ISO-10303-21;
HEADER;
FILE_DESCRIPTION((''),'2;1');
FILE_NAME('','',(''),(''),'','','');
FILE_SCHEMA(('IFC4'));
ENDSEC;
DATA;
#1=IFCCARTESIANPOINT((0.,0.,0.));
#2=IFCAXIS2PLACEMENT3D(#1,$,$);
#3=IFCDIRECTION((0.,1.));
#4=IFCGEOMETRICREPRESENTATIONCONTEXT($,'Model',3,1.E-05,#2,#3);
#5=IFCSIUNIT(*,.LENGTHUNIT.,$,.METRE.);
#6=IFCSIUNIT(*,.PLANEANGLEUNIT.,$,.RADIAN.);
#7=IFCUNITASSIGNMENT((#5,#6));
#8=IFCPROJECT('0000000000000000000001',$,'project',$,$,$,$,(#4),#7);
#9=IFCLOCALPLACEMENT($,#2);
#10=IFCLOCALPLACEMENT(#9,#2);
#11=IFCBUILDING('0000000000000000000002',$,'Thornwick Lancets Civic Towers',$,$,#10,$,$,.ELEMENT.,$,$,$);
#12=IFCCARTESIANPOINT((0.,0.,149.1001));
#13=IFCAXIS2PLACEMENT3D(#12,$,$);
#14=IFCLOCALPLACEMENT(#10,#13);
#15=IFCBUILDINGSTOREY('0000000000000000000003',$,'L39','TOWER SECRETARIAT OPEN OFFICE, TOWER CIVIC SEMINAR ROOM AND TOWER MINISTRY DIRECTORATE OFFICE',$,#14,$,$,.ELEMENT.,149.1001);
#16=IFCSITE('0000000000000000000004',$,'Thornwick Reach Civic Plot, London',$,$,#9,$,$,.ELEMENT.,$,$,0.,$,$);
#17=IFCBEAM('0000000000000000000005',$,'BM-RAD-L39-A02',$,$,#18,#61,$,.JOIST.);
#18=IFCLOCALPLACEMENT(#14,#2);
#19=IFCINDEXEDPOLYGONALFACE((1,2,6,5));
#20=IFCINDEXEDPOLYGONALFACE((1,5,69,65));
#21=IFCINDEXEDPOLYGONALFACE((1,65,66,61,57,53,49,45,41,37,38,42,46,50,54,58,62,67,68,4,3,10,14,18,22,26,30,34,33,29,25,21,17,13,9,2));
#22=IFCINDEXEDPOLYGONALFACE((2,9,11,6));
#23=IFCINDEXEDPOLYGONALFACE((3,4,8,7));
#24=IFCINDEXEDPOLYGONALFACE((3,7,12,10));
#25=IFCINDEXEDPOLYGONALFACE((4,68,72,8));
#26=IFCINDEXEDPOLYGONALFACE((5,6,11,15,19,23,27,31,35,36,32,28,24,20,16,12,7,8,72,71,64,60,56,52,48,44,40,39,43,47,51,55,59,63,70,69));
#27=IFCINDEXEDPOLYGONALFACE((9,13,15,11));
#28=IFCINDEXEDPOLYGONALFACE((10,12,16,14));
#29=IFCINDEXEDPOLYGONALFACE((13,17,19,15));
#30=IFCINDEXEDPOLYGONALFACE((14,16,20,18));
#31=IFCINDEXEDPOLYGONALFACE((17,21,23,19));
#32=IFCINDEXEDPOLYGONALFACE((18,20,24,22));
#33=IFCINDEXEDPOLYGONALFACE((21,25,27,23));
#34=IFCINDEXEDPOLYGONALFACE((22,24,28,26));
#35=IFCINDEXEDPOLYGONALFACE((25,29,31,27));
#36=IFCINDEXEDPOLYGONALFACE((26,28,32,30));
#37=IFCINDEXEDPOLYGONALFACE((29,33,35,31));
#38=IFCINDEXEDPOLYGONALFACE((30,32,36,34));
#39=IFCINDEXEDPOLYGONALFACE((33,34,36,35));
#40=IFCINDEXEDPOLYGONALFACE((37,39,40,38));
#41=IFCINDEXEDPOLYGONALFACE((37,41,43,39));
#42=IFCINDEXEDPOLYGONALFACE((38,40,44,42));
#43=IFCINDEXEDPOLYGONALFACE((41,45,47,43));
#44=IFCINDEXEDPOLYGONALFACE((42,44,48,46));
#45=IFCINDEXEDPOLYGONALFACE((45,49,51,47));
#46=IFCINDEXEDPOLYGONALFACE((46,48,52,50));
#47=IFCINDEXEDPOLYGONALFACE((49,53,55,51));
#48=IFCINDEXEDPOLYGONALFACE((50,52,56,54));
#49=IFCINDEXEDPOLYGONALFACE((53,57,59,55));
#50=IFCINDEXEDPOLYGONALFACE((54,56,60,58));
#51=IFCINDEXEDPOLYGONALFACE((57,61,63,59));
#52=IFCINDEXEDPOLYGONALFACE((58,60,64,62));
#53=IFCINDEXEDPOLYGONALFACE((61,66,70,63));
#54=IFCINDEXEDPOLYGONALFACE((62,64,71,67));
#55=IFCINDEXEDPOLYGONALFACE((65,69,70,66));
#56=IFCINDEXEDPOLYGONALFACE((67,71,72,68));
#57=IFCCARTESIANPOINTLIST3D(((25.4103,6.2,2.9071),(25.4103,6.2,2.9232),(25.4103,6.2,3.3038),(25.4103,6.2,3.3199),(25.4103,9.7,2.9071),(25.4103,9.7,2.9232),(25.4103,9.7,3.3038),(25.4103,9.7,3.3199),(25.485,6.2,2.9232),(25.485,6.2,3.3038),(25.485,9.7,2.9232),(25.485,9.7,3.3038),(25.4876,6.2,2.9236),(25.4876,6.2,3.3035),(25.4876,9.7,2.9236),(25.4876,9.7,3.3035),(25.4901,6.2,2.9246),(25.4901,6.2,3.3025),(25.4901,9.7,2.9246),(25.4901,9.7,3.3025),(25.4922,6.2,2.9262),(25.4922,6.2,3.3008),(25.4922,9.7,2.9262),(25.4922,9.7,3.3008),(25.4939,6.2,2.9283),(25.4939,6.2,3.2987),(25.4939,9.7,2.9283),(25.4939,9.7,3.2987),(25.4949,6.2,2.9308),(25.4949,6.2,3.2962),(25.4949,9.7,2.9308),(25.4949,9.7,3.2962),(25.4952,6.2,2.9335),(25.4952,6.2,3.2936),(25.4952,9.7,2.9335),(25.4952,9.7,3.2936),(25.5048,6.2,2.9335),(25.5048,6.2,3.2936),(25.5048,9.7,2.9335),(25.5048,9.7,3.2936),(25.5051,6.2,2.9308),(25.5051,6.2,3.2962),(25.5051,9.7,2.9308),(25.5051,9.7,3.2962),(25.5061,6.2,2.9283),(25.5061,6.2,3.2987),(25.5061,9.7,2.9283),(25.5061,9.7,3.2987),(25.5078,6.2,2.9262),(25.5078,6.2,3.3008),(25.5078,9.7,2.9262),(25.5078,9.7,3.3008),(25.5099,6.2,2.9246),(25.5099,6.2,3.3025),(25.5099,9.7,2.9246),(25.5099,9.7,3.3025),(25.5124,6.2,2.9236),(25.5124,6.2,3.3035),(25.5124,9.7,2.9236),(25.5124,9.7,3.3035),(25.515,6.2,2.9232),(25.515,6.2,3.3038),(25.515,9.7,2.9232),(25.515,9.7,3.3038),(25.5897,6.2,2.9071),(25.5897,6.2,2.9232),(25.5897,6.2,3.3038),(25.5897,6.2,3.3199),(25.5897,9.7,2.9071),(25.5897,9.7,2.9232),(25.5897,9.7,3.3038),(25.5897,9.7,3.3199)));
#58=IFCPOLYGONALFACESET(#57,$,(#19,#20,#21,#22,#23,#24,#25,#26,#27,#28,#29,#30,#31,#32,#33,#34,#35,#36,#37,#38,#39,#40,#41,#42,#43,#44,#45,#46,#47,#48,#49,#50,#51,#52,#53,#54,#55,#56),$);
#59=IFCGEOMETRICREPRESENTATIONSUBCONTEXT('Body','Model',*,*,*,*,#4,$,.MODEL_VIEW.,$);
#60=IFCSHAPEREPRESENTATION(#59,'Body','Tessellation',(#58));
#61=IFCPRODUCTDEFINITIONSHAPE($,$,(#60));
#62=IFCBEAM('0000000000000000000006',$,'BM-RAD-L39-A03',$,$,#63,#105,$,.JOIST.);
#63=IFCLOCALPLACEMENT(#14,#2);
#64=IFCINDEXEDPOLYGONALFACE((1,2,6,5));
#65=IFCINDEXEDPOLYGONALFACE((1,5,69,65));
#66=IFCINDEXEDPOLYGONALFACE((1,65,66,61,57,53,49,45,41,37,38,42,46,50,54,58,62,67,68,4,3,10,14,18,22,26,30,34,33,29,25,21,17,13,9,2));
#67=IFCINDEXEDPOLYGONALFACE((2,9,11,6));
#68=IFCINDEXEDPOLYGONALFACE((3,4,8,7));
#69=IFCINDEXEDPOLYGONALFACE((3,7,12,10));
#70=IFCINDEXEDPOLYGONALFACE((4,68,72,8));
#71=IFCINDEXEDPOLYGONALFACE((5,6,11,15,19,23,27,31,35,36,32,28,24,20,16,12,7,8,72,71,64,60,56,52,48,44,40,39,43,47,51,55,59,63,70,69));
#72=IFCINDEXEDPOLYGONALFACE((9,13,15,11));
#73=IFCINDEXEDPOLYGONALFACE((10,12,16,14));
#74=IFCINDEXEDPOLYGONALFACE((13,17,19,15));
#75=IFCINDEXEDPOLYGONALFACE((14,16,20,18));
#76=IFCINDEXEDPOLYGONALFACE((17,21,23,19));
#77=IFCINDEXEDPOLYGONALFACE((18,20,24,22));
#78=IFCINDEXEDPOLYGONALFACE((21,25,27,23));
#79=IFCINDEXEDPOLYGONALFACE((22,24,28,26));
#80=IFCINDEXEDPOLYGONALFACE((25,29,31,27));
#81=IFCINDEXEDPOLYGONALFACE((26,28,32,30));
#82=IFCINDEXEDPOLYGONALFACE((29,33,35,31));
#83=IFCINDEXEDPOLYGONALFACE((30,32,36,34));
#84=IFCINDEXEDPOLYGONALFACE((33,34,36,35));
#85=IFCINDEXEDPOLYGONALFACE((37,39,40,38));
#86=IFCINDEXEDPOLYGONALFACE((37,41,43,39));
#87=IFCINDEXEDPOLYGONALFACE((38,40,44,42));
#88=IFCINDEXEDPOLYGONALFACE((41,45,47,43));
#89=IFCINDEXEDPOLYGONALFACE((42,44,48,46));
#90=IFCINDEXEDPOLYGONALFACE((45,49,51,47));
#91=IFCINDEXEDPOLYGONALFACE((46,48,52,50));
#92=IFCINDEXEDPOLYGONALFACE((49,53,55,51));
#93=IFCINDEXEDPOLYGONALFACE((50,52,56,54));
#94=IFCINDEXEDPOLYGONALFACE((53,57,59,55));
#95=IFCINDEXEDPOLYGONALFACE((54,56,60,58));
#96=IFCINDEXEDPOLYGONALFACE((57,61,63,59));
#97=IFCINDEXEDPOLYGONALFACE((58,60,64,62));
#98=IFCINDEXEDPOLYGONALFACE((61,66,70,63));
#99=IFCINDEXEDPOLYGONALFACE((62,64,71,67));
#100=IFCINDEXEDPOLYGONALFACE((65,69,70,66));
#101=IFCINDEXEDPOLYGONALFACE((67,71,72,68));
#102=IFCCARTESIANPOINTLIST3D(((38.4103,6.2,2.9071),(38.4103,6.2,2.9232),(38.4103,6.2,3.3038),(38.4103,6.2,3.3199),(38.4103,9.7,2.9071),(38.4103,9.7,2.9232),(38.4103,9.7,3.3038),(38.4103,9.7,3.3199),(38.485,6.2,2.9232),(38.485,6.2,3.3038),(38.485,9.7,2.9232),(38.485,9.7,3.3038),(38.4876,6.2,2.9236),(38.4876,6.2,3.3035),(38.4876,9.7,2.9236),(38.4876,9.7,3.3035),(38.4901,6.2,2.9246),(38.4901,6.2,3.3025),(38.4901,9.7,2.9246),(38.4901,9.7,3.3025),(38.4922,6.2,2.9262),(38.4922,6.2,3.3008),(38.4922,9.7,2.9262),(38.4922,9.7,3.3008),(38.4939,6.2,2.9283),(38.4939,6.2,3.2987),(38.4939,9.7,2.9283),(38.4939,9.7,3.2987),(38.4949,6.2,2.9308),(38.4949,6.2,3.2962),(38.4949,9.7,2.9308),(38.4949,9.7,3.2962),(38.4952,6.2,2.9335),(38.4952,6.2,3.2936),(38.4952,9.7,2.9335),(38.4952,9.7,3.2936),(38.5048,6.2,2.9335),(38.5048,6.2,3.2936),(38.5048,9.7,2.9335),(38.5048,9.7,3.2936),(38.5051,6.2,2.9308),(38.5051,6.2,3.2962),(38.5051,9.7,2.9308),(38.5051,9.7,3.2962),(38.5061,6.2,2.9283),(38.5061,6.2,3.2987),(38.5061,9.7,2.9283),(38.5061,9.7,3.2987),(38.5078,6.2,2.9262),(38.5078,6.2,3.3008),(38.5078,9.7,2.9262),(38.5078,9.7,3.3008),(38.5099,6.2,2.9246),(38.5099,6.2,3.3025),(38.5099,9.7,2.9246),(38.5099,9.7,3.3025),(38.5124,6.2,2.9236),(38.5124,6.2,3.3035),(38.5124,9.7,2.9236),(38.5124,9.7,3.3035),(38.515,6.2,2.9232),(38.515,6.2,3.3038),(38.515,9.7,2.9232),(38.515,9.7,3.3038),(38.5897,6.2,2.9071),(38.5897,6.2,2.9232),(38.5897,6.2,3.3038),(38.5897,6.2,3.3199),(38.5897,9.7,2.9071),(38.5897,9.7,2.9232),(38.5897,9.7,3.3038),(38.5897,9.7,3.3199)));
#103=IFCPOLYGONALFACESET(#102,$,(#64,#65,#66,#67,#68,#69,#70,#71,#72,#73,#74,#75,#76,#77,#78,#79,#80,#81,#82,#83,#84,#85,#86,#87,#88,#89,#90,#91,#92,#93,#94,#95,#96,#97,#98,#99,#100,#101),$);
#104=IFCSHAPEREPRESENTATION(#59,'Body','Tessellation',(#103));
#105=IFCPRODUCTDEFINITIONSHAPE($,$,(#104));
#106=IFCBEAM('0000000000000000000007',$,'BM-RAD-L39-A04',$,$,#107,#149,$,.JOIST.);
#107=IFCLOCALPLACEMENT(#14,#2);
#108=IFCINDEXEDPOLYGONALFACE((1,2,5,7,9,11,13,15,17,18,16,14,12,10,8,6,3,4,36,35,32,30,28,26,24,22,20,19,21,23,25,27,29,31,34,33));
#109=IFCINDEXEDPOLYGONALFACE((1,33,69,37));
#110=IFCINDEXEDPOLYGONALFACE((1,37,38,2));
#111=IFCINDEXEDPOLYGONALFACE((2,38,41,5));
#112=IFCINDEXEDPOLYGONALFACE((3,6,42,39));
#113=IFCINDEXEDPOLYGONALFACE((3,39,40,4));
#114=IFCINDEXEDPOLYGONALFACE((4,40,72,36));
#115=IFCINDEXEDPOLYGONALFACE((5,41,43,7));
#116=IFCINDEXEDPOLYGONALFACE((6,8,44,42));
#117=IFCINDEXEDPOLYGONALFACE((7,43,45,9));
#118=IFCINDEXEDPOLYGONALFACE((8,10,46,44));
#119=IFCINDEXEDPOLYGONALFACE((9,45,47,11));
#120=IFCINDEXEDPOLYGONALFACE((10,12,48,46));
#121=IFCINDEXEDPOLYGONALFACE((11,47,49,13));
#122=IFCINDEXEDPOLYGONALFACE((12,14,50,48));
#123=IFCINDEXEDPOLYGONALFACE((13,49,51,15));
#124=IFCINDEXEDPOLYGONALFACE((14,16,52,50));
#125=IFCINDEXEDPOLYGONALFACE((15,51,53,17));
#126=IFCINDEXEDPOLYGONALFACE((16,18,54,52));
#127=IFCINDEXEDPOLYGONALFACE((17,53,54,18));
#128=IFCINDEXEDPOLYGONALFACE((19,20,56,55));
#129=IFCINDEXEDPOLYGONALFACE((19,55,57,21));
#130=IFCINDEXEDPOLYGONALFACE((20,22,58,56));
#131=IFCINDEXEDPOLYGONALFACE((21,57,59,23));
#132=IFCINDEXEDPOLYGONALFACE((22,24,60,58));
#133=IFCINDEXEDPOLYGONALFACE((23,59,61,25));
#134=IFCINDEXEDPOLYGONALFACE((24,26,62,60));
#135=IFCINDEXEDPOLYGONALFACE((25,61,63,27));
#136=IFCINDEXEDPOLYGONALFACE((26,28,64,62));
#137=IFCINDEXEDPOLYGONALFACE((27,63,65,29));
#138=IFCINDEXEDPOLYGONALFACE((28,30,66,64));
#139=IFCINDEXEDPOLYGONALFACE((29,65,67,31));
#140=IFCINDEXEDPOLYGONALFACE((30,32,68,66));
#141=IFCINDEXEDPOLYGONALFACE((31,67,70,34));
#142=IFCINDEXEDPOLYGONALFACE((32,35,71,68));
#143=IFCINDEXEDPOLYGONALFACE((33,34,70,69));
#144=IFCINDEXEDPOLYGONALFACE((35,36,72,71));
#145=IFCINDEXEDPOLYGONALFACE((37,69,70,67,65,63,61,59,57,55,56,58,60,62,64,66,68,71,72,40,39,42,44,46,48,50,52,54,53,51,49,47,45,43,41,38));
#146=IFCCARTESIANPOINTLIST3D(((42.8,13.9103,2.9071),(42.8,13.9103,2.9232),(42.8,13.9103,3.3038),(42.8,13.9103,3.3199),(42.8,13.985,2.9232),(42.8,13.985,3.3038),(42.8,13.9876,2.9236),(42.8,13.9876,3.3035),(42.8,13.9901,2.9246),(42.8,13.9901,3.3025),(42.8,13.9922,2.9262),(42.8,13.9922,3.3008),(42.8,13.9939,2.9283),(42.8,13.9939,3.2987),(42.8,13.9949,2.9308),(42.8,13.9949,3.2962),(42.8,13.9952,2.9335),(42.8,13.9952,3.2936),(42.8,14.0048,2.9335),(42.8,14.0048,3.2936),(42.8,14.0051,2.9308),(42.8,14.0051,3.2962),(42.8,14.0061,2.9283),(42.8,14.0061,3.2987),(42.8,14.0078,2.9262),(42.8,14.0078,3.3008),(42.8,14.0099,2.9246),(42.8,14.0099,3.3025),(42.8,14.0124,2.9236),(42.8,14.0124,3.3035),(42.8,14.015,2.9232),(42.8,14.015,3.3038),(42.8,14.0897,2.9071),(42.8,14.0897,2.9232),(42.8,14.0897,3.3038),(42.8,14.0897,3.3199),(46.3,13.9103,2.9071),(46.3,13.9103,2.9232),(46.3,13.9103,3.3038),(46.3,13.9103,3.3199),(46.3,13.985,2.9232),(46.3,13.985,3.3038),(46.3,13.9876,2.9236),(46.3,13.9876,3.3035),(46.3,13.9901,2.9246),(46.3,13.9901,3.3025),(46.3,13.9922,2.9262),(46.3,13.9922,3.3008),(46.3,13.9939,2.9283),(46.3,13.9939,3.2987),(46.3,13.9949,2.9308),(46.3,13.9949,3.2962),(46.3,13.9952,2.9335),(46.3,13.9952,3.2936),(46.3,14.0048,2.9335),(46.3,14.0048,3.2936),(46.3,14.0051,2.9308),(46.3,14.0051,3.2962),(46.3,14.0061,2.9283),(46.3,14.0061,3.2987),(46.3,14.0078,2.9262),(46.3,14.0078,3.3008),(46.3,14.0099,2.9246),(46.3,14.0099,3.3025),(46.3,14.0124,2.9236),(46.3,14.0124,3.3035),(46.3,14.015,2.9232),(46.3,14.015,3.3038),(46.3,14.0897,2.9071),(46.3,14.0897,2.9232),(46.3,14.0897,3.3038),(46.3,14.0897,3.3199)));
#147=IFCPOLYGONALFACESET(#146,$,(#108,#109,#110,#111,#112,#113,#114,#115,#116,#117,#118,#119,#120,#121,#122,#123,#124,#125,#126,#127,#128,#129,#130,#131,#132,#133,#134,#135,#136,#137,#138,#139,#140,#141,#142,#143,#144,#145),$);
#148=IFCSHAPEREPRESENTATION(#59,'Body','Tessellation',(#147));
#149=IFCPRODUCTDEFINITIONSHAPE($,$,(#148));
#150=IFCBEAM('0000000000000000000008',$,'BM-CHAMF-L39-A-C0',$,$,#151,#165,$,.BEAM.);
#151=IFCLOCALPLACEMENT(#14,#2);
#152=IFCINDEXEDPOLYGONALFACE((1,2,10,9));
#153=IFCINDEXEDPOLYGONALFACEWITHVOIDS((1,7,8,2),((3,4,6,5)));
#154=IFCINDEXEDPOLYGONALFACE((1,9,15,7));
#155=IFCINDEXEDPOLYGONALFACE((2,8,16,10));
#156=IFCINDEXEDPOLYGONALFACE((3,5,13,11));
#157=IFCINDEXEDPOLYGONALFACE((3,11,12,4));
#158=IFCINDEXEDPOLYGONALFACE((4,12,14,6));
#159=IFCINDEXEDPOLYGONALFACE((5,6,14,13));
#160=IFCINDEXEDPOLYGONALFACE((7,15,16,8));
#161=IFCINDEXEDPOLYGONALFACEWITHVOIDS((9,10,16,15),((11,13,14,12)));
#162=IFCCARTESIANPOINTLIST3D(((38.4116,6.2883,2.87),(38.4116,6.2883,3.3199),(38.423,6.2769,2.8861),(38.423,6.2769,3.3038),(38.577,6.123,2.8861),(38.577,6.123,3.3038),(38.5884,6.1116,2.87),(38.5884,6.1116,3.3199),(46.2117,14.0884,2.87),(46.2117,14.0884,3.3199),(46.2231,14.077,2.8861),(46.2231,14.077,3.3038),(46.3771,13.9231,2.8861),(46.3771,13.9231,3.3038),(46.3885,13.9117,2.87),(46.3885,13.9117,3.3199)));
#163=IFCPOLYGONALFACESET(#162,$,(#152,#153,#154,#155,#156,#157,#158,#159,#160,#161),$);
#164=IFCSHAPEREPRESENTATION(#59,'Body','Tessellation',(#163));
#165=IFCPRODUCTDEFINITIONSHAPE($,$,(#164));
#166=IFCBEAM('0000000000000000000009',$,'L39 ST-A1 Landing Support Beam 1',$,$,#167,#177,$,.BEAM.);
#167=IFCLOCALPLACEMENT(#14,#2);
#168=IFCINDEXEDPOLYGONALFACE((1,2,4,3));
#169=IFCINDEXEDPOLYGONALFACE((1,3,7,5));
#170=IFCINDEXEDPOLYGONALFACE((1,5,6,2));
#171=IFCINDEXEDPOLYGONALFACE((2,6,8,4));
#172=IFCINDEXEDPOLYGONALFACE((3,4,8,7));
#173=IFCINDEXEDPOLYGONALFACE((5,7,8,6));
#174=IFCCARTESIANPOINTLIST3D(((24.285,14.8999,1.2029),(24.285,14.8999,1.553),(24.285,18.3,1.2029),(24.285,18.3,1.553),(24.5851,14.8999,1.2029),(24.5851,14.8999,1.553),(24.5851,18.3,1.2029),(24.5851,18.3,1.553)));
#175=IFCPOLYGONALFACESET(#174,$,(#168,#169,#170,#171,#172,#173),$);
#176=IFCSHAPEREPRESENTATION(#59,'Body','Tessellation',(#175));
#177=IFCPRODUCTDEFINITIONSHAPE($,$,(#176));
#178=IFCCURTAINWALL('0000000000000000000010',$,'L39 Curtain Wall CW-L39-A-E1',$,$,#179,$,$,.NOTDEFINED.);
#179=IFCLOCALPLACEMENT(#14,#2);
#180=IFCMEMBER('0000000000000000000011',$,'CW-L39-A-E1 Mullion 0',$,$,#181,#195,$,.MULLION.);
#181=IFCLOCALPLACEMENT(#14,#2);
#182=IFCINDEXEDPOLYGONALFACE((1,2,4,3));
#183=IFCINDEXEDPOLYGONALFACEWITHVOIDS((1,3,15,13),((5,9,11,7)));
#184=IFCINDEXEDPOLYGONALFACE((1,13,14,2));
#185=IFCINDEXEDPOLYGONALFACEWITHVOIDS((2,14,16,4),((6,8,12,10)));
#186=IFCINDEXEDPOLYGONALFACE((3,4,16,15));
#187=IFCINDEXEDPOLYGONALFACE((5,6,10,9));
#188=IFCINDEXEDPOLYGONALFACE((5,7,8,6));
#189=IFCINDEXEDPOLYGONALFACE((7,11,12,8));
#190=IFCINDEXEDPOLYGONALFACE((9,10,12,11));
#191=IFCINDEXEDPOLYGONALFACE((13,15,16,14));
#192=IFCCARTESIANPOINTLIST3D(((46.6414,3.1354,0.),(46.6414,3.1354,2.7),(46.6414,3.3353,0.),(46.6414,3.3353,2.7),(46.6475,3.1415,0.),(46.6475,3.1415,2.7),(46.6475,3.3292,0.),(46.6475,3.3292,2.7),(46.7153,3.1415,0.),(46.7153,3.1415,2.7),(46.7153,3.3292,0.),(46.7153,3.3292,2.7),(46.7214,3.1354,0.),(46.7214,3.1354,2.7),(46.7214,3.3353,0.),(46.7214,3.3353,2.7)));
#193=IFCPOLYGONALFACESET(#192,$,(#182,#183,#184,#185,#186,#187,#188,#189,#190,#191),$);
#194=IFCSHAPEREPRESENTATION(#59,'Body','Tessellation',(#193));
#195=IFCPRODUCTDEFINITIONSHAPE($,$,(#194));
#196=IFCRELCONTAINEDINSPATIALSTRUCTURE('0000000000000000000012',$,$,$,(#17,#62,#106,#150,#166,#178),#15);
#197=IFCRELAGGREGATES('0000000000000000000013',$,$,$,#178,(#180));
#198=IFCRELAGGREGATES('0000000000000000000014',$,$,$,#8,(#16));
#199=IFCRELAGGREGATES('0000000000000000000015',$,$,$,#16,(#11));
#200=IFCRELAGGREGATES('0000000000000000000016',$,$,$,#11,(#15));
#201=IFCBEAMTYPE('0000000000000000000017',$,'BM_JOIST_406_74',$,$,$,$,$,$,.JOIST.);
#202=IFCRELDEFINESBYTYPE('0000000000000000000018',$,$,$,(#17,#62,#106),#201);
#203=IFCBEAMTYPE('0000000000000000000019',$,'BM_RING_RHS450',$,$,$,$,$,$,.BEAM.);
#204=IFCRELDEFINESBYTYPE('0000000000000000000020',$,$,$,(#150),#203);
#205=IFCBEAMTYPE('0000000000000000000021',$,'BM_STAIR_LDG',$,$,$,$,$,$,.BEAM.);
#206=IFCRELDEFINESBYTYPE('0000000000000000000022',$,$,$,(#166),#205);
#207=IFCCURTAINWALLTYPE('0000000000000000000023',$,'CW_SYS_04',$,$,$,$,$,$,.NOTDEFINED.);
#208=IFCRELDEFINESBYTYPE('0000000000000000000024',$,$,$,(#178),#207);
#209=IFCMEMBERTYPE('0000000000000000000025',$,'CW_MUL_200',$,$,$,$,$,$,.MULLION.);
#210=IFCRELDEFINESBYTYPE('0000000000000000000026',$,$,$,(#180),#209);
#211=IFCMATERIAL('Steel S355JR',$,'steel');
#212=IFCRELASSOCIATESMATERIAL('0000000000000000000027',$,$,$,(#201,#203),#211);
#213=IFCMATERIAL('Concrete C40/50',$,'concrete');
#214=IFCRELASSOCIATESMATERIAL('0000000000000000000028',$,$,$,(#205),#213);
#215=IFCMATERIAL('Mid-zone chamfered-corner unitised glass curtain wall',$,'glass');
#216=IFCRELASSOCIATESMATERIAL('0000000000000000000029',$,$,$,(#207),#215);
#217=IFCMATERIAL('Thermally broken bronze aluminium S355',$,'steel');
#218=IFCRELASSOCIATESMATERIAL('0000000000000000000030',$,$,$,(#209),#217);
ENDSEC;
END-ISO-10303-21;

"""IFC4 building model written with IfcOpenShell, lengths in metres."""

from ifc_helpers import new_model, si_unit, direction, frame, origin, origin_2d, place, context, subcontext, project, spatial, rectangle, hollow_rectangle, i_section, extrude, material, material_profile, profile_set, type_object, element, aggregate, save


model = new_model("IFC4")

# Units and contexts
model_context = context("Model", 3, precision=1e-05, world=origin(), true_north=direction((0.0, 1.0)))
body_context = subcontext(model_context, "Body", "Model", "MODEL_VIEW")
ifc_project = project(units=[si_unit("LENGTHUNIT", "METRE"), si_unit("PLANEANGLEUNIT", "RADIAN")], contexts=[model_context])

# Site, building, storey
site_placement = place(None, origin())
site = spatial("IfcSite", under=ifc_project, at=site_placement, Name="Thornwick Reach Civic Plot, London", CompositionType="ELEMENT", RefElevation=0.0)
building_placement = place(site_placement, origin())
building = spatial("IfcBuilding", under=site, at=building_placement, Name="Thornwick Lancets Civic Towers", CompositionType="ELEMENT")
storey_placement = place(building_placement, frame((0.0, 0.0, 149.1001)))
storey = spatial("IfcBuildingStorey", under=building, at=storey_placement, Name="L39", Description="TOWER SECRETARIAT OPEN OFFICE, TOWER CIVIC SEMINAR ROOM AND TOWER MINISTRY DIRECTORATE OFFICE", CompositionType="ELEMENT", Elevation=149.1001)

# Beams
ifc_material_1 = material(Name="Steel S355JR", Category="steel")
ifc_material_profile_1 = material_profile(ifc_material_1, i_section(OverallWidth=0.1794, OverallDepth=0.4128, WebThickness=0.0095, FlangeThickness=0.0161, FilletRadius=0.0103, at=origin_2d()), Name="UKB 406x178x74")
ifc_profile_set_1 = profile_set([ifc_material_profile_1], Name="Steel S355JR")
beam_type_1 = type_object("IfcBeamType", Name="BM_JOIST_406_74", PredefinedType="JOIST", material=ifc_profile_set_1)
for number, where, z_axis, x_axis, name in (
    (1, (25.5, 9.7, 3.1135), (0.0, -1.0, 0.0), (1.0, 0.0, 0.0), "BM-RAD-L39-A02"),
    (2, (38.5, 9.7, 3.1135), (0.0, -1.0, 0.0), (1.0, 0.0, 0.0), "BM-RAD-L39-A03"),
    (3, (42.8, 14.0, 3.1135), (1.0, 0.0, 0.0), (0.0, 1.0, 0.0), "BM-RAD-L39-A04"),
):
    element("IfcBeam", number, at=place(storey_placement, frame(where, z_axis=z_axis, x_axis=x_axis)), inside=storey, type_object=beam_type_1, Name=name, PredefinedType="JOIST", context=body_context, shape_type="SweptSolid", body=[
        extrude(i_section(OverallWidth=0.1794, OverallDepth=0.4128, WebThickness=0.0095, FlangeThickness=0.0161, FilletRadius=0.0103, at=origin_2d()), origin(), (0.0, 0.0, 1.0), 3.5),
    ])
ifc_material_profile_2 = material_profile(ifc_material_1, hollow_rectangle(XDim=0.25, YDim=0.45, WallThickness=0.0161, at=origin_2d()), Name="RHS 450x250x16")
ifc_profile_set_2 = profile_set([ifc_material_profile_2], Name="Steel S355JR")
beam_type_2 = type_object("IfcBeamType", Name="BM_RING_RHS450", PredefinedType="BEAM", material=ifc_profile_set_2)
beam_1_placement = place(storey_placement, frame((38.5, 6.2, 3.095), z_axis=(0.707107, 0.707107, 0.0), x_axis=(-0.707107, 0.707107, 0.0)))
element("IfcBeam", 4, at=beam_1_placement, inside=storey, type_object=beam_type_2, Name="BM-CHAMF-L39-A-C0", PredefinedType="BEAM", context=body_context, shape_type="SweptSolid", body=[
    extrude(hollow_rectangle(XDim=0.25, YDim=0.45, WallThickness=0.0161, at=origin_2d()), origin(), (0.0, 0.0, 1.0), 11.031),
])
ifc_material_2 = material(Name="Concrete C40/50", Category="concrete")
ifc_material_profile_3 = material_profile(ifc_material_2, rectangle(XDim=0.3, YDim=0.3501, at=origin_2d()), Name="RC 300x350")
ifc_profile_set_3 = profile_set([ifc_material_profile_3], Name="Concrete C40/50")
beam_type_3 = type_object("IfcBeamType", Name="BM_STAIR_LDG", PredefinedType="BEAM", material=ifc_profile_set_3)
beam_2_placement = place(storey_placement, frame((24.4351, 14.8999, 1.3779), z_axis=(0.0, 1.0, 0.0), x_axis=(-1.0, 0.0, 0.0)))
element("IfcBeam", 5, at=beam_2_placement, inside=storey, type_object=beam_type_3, Name="L39 ST-A1 Landing Support Beam 1", PredefinedType="BEAM", context=body_context, shape_type="SweptSolid", body=[
    extrude(rectangle(XDim=0.3, YDim=0.3501, at=origin_2d()), origin(), (0.0, 0.0, 1.0), 3.4001),
])

# Curtain wall, member
ifc_material_3 = material(Name="Mid-zone chamfered-corner unitised glass curtain wall", Category="glass")
curtain_wall_type = type_object("IfcCurtainWallType", Name="CW_SYS_04", PredefinedType="NOTDEFINED", material=ifc_material_3)
curtain_wall_placement = place(storey_placement, origin())
curtain_wall = element("IfcCurtainWall", 6, at=curtain_wall_placement, inside=storey, type_object=curtain_wall_type, Name="L39 Curtain Wall CW-L39-A-E1", PredefinedType="NOTDEFINED")
ifc_material_4 = material(Name="Thermally broken bronze aluminium S355", Category="steel")
ifc_material_profile_4 = material_profile(ifc_material_4, hollow_rectangle(XDim=0.0801, YDim=0.2, WallThickness=0.0061, at=origin_2d()), Name="RHS 200x80x6")
ifc_profile_set_4 = profile_set([ifc_material_profile_4], Name="Thermally broken bronze aluminium S355")
member_type_1 = type_object("IfcMemberType", Name="CW_MUL_200", PredefinedType="MULLION", material=ifc_profile_set_4)
member_1_placement = place(storey_placement, frame((46.6814, 3.2354, 0.0), z_axis=(0.0, 0.0, 1.0), x_axis=(1.0, 0.0, 0.0)))
member_1 = element("IfcMember", 7, at=member_1_placement, type_object=member_type_1, Name="CW-L39-A-E1 Mullion 0", PredefinedType="MULLION", context=body_context, shape_type="SweptSolid", body=[
    extrude(hollow_rectangle(XDim=0.0801, YDim=0.2, WallThickness=0.0061, at=origin_2d()), origin(), (0.0, 0.0, 1.0), 2.7),
])
aggregate(curtain_wall, [member_1])

save(model, "model.ifc")
